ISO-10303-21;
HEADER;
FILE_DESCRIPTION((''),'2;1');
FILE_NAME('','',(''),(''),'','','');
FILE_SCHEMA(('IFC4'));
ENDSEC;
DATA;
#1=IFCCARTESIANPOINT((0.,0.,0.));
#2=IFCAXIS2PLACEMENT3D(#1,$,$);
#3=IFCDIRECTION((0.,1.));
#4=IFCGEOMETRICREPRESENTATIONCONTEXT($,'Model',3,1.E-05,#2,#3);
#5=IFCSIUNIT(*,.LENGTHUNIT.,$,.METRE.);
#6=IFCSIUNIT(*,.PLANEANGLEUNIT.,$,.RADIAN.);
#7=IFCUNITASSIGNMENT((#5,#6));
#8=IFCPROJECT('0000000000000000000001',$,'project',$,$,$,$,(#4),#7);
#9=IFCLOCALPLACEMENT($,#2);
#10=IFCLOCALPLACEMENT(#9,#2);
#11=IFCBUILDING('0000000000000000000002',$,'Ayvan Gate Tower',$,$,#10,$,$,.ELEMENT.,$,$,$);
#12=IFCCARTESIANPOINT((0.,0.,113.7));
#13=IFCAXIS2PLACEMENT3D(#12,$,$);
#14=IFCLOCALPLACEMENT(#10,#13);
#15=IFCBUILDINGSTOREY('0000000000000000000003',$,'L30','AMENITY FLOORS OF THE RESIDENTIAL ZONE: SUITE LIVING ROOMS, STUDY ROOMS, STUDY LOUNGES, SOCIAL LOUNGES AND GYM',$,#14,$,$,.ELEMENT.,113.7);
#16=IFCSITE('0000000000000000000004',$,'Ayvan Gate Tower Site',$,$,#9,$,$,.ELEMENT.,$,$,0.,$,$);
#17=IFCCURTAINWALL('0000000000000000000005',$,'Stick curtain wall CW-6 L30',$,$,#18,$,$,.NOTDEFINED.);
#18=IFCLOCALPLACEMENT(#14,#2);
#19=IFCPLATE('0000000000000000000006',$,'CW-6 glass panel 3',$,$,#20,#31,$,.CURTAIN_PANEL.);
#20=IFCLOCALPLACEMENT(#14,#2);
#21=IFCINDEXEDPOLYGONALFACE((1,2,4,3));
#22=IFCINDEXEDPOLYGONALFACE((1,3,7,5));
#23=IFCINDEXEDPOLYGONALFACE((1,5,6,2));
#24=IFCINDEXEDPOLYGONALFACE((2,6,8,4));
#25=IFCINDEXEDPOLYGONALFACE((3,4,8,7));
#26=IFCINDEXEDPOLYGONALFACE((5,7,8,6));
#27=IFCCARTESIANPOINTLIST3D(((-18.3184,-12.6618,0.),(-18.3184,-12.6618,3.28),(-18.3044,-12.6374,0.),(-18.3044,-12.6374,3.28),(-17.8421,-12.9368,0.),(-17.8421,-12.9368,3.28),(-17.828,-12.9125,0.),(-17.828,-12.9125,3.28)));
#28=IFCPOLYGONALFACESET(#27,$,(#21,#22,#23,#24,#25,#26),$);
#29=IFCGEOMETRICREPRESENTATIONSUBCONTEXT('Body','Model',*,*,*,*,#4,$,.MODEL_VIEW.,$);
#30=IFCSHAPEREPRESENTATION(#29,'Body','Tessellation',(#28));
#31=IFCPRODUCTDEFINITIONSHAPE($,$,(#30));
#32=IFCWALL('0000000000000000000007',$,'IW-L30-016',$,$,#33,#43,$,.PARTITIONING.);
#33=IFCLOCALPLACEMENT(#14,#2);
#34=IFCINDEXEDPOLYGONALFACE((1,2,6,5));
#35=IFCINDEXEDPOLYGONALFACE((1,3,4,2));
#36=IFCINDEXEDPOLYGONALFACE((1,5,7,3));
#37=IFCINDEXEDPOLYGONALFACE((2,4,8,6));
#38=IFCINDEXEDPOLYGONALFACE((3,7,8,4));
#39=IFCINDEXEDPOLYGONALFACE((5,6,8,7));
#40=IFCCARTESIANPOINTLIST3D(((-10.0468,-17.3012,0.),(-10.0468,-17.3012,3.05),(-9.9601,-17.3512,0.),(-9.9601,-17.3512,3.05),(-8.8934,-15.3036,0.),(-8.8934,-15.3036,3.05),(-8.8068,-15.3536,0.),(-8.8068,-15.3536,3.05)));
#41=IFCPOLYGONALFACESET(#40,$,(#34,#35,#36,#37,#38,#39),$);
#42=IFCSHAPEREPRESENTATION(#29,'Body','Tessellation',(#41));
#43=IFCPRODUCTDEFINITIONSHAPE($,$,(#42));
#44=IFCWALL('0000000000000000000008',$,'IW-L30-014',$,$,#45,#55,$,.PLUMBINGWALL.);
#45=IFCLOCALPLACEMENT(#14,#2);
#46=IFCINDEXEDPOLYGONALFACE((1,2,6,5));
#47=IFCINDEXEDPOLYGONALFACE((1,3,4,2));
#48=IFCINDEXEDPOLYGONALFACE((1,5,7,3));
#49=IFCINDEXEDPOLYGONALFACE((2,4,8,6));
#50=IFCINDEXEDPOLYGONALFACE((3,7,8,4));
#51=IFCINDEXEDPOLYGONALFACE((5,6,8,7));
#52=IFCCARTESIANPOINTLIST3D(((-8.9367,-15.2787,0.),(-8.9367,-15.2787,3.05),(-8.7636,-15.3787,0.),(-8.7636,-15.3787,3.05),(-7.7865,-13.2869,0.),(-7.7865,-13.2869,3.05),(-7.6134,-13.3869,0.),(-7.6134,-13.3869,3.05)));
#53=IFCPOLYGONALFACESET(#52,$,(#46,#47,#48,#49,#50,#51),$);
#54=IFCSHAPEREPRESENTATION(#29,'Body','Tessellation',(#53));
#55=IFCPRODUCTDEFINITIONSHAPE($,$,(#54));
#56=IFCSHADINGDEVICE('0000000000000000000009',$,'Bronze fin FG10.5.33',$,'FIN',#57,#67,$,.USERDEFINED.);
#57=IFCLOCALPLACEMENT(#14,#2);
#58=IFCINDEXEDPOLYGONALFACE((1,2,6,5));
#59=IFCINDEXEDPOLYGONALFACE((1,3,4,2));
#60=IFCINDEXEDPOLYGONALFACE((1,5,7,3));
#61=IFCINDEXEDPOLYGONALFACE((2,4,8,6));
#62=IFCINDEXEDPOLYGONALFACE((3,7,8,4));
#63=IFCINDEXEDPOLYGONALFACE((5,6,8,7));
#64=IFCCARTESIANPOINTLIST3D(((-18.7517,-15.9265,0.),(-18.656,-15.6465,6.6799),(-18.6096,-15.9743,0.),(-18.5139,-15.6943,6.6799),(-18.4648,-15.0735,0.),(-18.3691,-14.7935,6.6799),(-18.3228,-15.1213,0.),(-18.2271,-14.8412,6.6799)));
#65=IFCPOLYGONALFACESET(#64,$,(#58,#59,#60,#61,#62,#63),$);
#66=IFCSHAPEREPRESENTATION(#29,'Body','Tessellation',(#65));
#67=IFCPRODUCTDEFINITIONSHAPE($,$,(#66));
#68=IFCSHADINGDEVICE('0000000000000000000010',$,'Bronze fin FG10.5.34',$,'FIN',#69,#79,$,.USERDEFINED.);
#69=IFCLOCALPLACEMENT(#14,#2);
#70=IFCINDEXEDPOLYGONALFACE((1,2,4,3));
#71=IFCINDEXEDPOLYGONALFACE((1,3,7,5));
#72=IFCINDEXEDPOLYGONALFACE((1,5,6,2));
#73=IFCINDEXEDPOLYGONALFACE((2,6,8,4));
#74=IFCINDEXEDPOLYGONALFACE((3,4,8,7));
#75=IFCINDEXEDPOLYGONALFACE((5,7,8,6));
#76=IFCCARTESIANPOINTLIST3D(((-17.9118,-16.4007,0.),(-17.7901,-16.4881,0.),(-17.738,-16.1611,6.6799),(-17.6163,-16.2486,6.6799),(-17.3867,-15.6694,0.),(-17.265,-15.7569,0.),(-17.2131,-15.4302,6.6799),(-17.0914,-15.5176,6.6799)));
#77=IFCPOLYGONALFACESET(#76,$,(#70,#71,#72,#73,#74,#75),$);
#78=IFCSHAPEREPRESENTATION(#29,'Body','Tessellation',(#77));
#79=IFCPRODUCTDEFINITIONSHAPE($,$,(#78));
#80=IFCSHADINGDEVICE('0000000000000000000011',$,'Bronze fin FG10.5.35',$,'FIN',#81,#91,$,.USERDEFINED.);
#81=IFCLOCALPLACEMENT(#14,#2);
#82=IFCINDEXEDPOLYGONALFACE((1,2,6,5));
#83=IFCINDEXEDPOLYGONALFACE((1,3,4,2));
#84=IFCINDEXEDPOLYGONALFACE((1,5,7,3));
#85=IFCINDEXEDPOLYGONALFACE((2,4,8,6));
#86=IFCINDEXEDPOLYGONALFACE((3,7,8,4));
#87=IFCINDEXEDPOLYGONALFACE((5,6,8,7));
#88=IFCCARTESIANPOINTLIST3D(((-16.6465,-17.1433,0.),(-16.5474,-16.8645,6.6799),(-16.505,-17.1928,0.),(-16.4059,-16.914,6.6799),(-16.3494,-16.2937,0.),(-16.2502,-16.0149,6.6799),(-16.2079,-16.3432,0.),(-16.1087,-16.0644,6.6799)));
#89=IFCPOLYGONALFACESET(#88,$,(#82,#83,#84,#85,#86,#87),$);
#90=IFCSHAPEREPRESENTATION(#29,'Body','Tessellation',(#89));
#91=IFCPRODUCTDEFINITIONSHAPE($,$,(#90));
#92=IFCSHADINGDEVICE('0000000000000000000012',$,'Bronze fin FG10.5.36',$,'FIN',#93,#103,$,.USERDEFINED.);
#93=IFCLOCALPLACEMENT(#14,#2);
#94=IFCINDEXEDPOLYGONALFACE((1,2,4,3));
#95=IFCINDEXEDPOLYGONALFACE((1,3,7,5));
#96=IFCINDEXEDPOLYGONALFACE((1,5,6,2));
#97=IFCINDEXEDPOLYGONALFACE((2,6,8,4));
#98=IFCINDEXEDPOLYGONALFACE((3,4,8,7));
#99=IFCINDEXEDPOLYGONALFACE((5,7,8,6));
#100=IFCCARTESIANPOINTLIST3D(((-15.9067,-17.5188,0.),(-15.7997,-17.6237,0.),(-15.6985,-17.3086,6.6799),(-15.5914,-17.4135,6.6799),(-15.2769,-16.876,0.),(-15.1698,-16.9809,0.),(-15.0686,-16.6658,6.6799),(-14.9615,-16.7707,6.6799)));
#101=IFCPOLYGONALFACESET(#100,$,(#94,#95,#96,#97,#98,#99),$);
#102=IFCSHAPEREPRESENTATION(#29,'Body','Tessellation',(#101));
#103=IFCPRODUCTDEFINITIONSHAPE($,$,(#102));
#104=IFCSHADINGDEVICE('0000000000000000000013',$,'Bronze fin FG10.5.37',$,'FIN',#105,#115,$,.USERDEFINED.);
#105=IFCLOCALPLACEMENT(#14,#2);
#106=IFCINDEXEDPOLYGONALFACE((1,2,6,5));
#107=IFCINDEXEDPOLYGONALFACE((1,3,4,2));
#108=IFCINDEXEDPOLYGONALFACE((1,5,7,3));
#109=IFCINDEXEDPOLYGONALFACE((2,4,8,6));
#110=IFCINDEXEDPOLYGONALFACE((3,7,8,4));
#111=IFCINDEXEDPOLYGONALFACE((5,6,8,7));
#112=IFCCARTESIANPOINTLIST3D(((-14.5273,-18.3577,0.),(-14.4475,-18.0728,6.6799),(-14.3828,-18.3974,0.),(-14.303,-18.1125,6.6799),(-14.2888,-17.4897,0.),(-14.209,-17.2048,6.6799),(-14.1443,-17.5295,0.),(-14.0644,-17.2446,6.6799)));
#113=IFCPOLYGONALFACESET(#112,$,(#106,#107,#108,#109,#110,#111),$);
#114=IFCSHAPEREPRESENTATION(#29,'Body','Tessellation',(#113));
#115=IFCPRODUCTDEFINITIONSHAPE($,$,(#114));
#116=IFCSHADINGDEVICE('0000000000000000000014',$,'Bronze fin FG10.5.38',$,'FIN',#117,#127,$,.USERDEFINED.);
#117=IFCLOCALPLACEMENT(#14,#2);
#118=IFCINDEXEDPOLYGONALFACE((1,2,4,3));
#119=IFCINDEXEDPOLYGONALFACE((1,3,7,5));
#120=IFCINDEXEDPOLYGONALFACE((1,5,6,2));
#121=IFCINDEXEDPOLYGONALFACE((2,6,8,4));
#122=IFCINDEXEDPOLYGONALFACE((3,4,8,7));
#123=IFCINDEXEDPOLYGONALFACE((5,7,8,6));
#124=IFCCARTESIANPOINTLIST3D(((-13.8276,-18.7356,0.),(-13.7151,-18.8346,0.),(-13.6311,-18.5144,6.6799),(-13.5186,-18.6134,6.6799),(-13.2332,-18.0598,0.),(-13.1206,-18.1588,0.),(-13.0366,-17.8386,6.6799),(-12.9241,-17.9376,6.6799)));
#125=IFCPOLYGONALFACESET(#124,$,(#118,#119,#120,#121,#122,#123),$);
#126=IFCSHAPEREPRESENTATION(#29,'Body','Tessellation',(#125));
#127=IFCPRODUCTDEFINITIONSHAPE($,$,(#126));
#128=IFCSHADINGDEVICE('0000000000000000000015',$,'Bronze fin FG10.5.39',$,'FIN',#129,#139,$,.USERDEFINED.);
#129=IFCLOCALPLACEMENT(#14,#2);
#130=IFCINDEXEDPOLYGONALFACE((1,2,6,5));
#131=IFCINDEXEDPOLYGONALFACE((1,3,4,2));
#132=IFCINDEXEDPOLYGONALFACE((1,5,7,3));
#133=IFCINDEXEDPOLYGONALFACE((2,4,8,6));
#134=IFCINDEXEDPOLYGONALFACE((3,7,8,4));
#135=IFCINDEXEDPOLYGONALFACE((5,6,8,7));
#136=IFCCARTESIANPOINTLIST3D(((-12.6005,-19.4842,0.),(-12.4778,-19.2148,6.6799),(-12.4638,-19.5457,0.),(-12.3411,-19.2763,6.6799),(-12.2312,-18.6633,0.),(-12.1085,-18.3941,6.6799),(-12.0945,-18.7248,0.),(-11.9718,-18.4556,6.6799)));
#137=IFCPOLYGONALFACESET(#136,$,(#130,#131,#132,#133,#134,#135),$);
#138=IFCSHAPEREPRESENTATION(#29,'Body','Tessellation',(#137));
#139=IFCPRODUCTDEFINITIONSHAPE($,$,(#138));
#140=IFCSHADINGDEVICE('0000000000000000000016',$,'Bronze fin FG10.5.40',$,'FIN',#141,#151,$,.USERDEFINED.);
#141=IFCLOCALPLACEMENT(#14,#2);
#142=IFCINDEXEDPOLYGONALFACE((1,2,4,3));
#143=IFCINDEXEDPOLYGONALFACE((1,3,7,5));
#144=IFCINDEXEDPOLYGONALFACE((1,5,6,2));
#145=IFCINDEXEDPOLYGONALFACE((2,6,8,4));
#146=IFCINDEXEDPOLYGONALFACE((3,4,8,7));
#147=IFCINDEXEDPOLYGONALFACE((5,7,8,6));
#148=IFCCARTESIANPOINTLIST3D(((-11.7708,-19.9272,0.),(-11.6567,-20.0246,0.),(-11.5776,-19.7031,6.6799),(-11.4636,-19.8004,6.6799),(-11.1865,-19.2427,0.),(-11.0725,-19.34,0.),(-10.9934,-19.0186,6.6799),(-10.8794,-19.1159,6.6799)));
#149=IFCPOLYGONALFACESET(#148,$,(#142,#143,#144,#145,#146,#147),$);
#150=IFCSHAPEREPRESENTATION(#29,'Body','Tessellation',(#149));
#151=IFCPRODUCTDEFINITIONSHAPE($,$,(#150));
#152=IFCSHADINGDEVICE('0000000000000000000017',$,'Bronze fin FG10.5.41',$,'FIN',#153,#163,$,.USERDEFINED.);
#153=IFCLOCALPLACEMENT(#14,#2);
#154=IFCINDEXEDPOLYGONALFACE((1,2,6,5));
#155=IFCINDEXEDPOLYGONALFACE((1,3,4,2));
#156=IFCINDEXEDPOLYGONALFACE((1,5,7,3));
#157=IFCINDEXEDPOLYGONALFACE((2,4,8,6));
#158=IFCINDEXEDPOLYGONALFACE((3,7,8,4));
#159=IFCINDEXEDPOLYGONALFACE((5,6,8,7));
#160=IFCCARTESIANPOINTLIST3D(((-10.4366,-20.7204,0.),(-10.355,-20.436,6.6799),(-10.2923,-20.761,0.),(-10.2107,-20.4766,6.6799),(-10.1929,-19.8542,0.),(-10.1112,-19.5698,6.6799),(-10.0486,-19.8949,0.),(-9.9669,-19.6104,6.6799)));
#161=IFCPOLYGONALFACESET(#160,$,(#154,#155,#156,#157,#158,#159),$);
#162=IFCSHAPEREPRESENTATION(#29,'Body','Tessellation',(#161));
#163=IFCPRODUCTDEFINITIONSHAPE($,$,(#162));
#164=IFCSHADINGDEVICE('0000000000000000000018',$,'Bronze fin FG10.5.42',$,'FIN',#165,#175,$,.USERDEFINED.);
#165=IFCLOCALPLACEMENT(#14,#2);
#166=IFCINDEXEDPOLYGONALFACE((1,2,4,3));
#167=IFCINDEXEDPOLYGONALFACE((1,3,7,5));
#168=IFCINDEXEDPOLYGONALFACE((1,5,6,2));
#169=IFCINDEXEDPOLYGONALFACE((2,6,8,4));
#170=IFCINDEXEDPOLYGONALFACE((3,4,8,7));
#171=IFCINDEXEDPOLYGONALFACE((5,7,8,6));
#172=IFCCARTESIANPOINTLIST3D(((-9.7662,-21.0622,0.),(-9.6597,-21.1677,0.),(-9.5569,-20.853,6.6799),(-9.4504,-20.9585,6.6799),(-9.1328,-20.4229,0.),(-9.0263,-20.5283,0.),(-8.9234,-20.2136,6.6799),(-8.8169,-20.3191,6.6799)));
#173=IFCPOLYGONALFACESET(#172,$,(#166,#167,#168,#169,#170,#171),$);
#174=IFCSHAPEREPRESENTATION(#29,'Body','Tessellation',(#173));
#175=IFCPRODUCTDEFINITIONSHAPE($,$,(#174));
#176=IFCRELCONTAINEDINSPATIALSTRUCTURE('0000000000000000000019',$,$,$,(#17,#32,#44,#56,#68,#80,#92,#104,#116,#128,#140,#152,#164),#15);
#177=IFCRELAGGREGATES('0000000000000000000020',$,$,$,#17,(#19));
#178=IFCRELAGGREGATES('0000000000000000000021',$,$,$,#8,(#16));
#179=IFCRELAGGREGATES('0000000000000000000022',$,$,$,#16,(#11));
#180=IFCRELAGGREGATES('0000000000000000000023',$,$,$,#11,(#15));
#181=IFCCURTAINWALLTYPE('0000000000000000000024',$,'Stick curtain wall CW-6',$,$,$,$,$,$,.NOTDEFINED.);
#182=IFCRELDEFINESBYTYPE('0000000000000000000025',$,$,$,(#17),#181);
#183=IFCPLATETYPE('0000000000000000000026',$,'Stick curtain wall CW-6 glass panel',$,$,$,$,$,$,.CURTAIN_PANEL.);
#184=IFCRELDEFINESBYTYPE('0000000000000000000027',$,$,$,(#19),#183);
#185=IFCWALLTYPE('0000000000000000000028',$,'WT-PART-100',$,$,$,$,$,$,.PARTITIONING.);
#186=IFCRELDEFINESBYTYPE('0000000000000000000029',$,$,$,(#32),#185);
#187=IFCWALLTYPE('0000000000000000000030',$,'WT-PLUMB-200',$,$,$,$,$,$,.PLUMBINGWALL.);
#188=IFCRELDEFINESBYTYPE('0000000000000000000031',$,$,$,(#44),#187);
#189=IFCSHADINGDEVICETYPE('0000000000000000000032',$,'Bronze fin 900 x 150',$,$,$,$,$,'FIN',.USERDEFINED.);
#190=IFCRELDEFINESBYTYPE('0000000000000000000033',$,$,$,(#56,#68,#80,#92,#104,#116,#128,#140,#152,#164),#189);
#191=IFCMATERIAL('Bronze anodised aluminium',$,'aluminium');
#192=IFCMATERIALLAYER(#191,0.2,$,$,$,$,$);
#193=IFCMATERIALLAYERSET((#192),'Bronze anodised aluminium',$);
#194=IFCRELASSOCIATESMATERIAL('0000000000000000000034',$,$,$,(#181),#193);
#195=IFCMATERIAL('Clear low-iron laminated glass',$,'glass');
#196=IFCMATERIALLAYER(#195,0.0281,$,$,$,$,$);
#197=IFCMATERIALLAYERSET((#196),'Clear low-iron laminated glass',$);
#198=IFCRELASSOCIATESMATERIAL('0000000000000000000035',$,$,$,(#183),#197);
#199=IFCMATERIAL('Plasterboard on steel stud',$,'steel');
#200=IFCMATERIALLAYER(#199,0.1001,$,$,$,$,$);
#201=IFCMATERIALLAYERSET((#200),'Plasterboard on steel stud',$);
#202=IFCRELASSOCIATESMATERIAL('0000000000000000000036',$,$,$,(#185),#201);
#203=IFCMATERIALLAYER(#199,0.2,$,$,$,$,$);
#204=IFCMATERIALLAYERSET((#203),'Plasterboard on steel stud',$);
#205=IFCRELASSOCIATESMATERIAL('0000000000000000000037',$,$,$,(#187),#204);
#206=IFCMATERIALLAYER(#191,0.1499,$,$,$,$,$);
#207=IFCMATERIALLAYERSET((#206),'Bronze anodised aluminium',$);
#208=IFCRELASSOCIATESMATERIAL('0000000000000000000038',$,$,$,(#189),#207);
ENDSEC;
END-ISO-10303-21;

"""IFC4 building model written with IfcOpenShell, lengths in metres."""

from ifc_helpers import new_model, si_unit, direction, frame, frame_2d, origin, origin_2d, place, context, subcontext, project, spatial, polyline, rectangle, outline, extrude, material, layer, layer_set, type_object, element, aggregate, save


model = new_model("IFC4")

# Units and contexts
model_context = context("Model", 3, precision=1e-05, world=origin(), true_north=direction((0.0, 1.0)))
body_context = subcontext(model_context, "Body", "Model", "MODEL_VIEW")
ifc_project = project(units=[si_unit("LENGTHUNIT", "METRE"), si_unit("PLANEANGLEUNIT", "RADIAN")], contexts=[model_context])

# Site, building, storey
site_placement = place(None, origin())
site = spatial("IfcSite", under=ifc_project, at=site_placement, Name="Ayvan Gate Tower Site", CompositionType="ELEMENT", RefElevation=0.0)
building_placement = place(site_placement, origin())
building = spatial("IfcBuilding", under=site, at=building_placement, Name="Ayvan Gate Tower", CompositionType="ELEMENT")
storey_placement = place(building_placement, frame((0.0, 0.0, 113.7)))
storey = spatial("IfcBuildingStorey", under=building, at=storey_placement, Name="L30", Description="AMENITY FLOORS OF THE RESIDENTIAL ZONE: SUITE LIVING ROOMS, STUDY ROOMS, STUDY LOUNGES, SOCIAL LOUNGES AND GYM", CompositionType="ELEMENT", Elevation=113.7)

# Curtain wall
ifc_material_1 = material(Name="Bronze anodised aluminium", Category="aluminium")
ifc_layer_1 = layer(ifc_material_1, 0.2)
ifc_layer_set_1 = layer_set([ifc_layer_1], Name="Bronze anodised aluminium")
curtain_wall_type_1 = type_object("IfcCurtainWallType", Name="Stick curtain wall CW-6", PredefinedType="NOTDEFINED", material=ifc_layer_set_1)
curtain_wall_1_placement = place(storey_placement, origin())
curtain_wall_1 = element("IfcCurtainWall", 1, at=curtain_wall_1_placement, inside=storey, type_object=curtain_wall_type_1, Name="Stick curtain wall CW-6 L30", PredefinedType="NOTDEFINED")

# Plate
ifc_material_2 = material(Name="Clear low-iron laminated glass", Category="glass")
ifc_layer_2 = layer(ifc_material_2, 0.0281)
ifc_layer_set_2 = layer_set([ifc_layer_2], Name="Clear low-iron laminated glass")
plate_type_1 = type_object("IfcPlateType", Name="Stick curtain wall CW-6 glass panel", PredefinedType="CURTAIN_PANEL", material=ifc_layer_set_2)
plate_1_placement = place(storey_placement, frame((-18.0732, -12.7871, 0.0), z_axis=(0.0, 0.0, 1.0), x_axis=(0.866025, -0.5, 0.0)))
plate_1 = element("IfcPlate", 2, at=plate_1_placement, type_object=plate_type_1, Name="CW-6 glass panel 3", PredefinedType="CURTAIN_PANEL", context=body_context, shape_type="SweptSolid", body=[
    extrude(rectangle(XDim=0.55, YDim=0.0281, at=origin_2d()), origin(), (0.0, 0.0, 1.0), 3.28),
])
aggregate(curtain_wall_1, [plate_1])

# Walls
ifc_material_3 = material(Name="Plasterboard on steel stud", Category="steel")
ifc_layer_3 = layer(ifc_material_3, 0.1001)
ifc_layer_set_3 = layer_set([ifc_layer_3], Name="Plasterboard on steel stud")
wall_type_1 = type_object("IfcWallType", Name="WT-PART-100", PredefinedType="PARTITIONING", material=ifc_layer_set_3)
wall_1_placement = place(storey_placement, frame((-8.8501, -15.3286, 0.0), z_axis=(0.0, 0.0, 1.0), x_axis=(-0.50001, -0.86602, 0.0)))
element("IfcWall", 3, at=wall_1_placement, inside=storey, type_object=wall_type_1, Name="IW-L30-016", PredefinedType="PARTITIONING", context=body_context, shape_type="SweptSolid", body=[
    extrude(rectangle(XDim=2.3066, YDim=0.1001, at=frame_2d((1.1533, 0.0))), origin(), (0.0, 0.0, 1.0), 3.05),
])
ifc_layer_4 = layer(ifc_material_3, 0.2)
ifc_layer_set_4 = layer_set([ifc_layer_4], Name="Plasterboard on steel stud")
wall_type_2 = type_object("IfcWallType", Name="WT-PLUMB-200", PredefinedType="PLUMBINGWALL", material=ifc_layer_set_4)
wall_2_placement = place(storey_placement, frame((-8.8501, -15.3286, 0.0), z_axis=(0.0, 0.0, 1.0), x_axis=(0.500078, 0.865981, 0.0)))
element("IfcWall", 4, at=wall_2_placement, inside=storey, type_object=wall_type_2, Name="IW-L30-014", PredefinedType="PLUMBINGWALL", context=body_context, shape_type="SweptSolid", body=[
    extrude(rectangle(XDim=2.3, YDim=0.2, at=frame_2d((1.1499, 0.0))), origin(), (0.0, 0.0, 1.0), 3.05),
])

# Shading devices
ifc_layer_5 = layer(ifc_material_1, 0.1499)
ifc_layer_set_5 = layer_set([ifc_layer_5], Name="Bronze anodised aluminium")
shading_device_type = type_object("IfcShadingDeviceType", Name="Bronze fin 900 x 150", ElementType="FIN", PredefinedType="USERDEFINED", material=ifc_layer_set_5)
shading_device_1_placement = place(storey_placement, frame((-18.4648, -15.0735, 0.0), z_axis=(-0.947839, 0.31875, 0.000217), x_axis=(-0.31875, -0.947839, 0.0)))
element("IfcShadingDevice", 5, at=shading_device_1_placement, inside=storey, type_object=shading_device_type, Name="Bronze fin FG10.5.33", ObjectType="FIN", PredefinedType="USERDEFINED", context=body_context, shape_type="SweptSolid", body=[
    extrude(outline(polyline([(0.0, 0.0), (0.9, 0.0), (0.604, 6.6799), (-0.2959, 6.6799), (0.0, 0.0)])), origin(), (0.0, 0.0, -1.0), 0.1499),
])
shading_device_2_placement = place(storey_placement, frame((-17.3867, -15.6694, 0.0), z_axis=(-0.812246, 0.583315, 0.000218), x_axis=(-0.583315, -0.812246, 0.0)))
element("IfcShadingDevice", 6, at=shading_device_2_placement, inside=storey, type_object=shading_device_type, Name="Bronze fin FG10.5.34", ObjectType="FIN", PredefinedType="USERDEFINED", context=body_context, shape_type="SweptSolid", body=[
    extrude(outline(polyline([(0.0, 0.0), (0.9002, 0.0), (0.6043, 6.6799), (-0.2956, 6.6799), (0.0, 0.0)])), origin(), (0.0, 0.0, -1.0), 0.1499),
])
shading_device_3_placement = place(storey_placement, frame((-16.3494, -16.2937, 0.0), z_axis=(-0.943943, 0.330109, 0.000229), x_axis=(-0.330109, -0.943943, 0.0)))
element("IfcShadingDevice", 7, at=shading_device_3_placement, inside=storey, type_object=shading_device_type, Name="Bronze fin FG10.5.35", ObjectType="FIN", PredefinedType="USERDEFINED", context=body_context, shape_type="SweptSolid", body=[
    extrude(outline(polyline([(0.0, 0.0), (0.9001, 0.0), (0.6042, 6.6799), (-0.2959, 6.6799), (0.0, 0.0)])), origin(), (0.0, 0.0, -1.0), 0.1499),
])
shading_device_4_placement = place(storey_placement, frame((-15.2769, -16.876, 0.0), z_axis=(-0.714259, 0.699882, 0.000244), x_axis=(-0.699882, -0.714259, 0.0)))
element("IfcShadingDevice", 8, at=shading_device_4_placement, inside=storey, type_object=shading_device_type, Name="Bronze fin FG10.5.36", ObjectType="FIN", PredefinedType="USERDEFINED", context=body_context, shape_type="SweptSolid", body=[
    extrude(outline(polyline([(0.0, 0.0), (0.9, 0.0), (0.6041, 6.6799), (-0.2959, 6.6799), (0.0, 0.0)])), origin(), (0.0, 0.0, -1.0), 0.1499),
])
shading_device_5_placement = place(storey_placement, frame((-14.2888, -17.4897, 0.0), z_axis=(-0.964249, 0.264999, 0.000221), x_axis=(-0.264999, -0.964249, 0.0)))
element("IfcShadingDevice", 9, at=shading_device_5_placement, inside=storey, type_object=shading_device_type, Name="Bronze fin FG10.5.37", ObjectType="FIN", PredefinedType="USERDEFINED", context=body_context, shape_type="SweptSolid", body=[
    extrude(outline(polyline([(0.0, 0.0), (0.9001, 0.0), (0.6042, 6.6799), (-0.2959, 6.6799), (0.0, 0.0)])), origin(), (0.0, 0.0, -1.0), 0.1499),
])
shading_device_6_placement = place(storey_placement, frame((-13.2332, -18.0598, 0.0), z_axis=(-0.750826, 0.660499, 0.000219), x_axis=(-0.660499, -0.750827, 0.0)))
element("IfcShadingDevice", 10, at=shading_device_6_placement, inside=storey, type_object=shading_device_type, Name="Bronze fin FG10.5.38", ObjectType="FIN", PredefinedType="USERDEFINED", context=body_context, shape_type="SweptSolid", body=[
    extrude(outline(polyline([(0.0, 0.0), (0.9, 0.0), (0.6042, 6.6799), (-0.2959, 6.6799), (0.0, 0.0)])), origin(), (0.0, 0.0, -1.0), 0.1499),
])
shading_device_7_placement = place(storey_placement, frame((-12.2312, -18.6633, 0.0), z_axis=(-0.911962, 0.410274, 0.000209), x_axis=(-0.410274, -0.911962, 0.0)))
element("IfcShadingDevice", 11, at=shading_device_7_placement, inside=storey, type_object=shading_device_type, Name="Bronze fin FG10.5.39", ObjectType="FIN", PredefinedType="USERDEFINED", context=body_context, shape_type="SweptSolid", body=[
    extrude(outline(polyline([(0.0, 0.0), (0.9001, 0.0), (0.6041, 6.6799), (-0.2959, 6.6799), (0.0, 0.0)])), origin(), (0.0, 0.0, -1.0), 0.1499),
])
shading_device_8_placement = place(storey_placement, frame((-11.1865, -19.2427, 0.0), z_axis=(-0.760653, 0.649159, 0.00021), x_axis=(-0.649159, -0.760653, 0.0)))
element("IfcShadingDevice", 12, at=shading_device_8_placement, inside=storey, type_object=shading_device_type, Name="Bronze fin FG10.5.40", ObjectType="FIN", PredefinedType="USERDEFINED", context=body_context, shape_type="SweptSolid", body=[
    extrude(outline(polyline([(0.0, 0.0), (0.9, 0.0), (0.6041, 6.6799), (-0.2958, 6.6799), (0.0, 0.0)])), origin(), (0.0, 0.0, -1.0), 0.1499),
])
shading_device_9_placement = place(storey_placement, frame((-10.1929, -19.8542, 0.0), z_axis=(-0.962607, 0.270903, 0.000234), x_axis=(-0.270903, -0.962607, 0.0)))
element("IfcShadingDevice", 13, at=shading_device_9_placement, inside=storey, type_object=shading_device_type, Name="Bronze fin FG10.5.41", ObjectType="FIN", PredefinedType="USERDEFINED", context=body_context, shape_type="SweptSolid", body=[
    extrude(outline(polyline([(0.0, 0.0), (0.8998, 0.0), (0.6039, 6.6799), (-0.2959, 6.6799), (0.0, 0.0)])), origin(), (0.0, 0.0, -1.0), 0.1499),
])
shading_device_10_placement = place(storey_placement, frame((-9.1328, -20.4229, 0.0), z_axis=(-0.710422, 0.703776, 0.000221), x_axis=(-0.703776, -0.710422, 0.0)))
element("IfcShadingDevice", 14, at=shading_device_10_placement, inside=storey, type_object=shading_device_type, Name="Bronze fin FG10.5.42", ObjectType="FIN", PredefinedType="USERDEFINED", context=body_context, shape_type="SweptSolid", body=[
    extrude(outline(polyline([(0.0, 0.0), (0.8999, 0.0), (0.6041, 6.6799), (-0.2961, 6.6799), (0.0, 0.0)])), origin(), (0.0, 0.0, -1.0), 0.1499),
])

save(model, "model.ifc")
